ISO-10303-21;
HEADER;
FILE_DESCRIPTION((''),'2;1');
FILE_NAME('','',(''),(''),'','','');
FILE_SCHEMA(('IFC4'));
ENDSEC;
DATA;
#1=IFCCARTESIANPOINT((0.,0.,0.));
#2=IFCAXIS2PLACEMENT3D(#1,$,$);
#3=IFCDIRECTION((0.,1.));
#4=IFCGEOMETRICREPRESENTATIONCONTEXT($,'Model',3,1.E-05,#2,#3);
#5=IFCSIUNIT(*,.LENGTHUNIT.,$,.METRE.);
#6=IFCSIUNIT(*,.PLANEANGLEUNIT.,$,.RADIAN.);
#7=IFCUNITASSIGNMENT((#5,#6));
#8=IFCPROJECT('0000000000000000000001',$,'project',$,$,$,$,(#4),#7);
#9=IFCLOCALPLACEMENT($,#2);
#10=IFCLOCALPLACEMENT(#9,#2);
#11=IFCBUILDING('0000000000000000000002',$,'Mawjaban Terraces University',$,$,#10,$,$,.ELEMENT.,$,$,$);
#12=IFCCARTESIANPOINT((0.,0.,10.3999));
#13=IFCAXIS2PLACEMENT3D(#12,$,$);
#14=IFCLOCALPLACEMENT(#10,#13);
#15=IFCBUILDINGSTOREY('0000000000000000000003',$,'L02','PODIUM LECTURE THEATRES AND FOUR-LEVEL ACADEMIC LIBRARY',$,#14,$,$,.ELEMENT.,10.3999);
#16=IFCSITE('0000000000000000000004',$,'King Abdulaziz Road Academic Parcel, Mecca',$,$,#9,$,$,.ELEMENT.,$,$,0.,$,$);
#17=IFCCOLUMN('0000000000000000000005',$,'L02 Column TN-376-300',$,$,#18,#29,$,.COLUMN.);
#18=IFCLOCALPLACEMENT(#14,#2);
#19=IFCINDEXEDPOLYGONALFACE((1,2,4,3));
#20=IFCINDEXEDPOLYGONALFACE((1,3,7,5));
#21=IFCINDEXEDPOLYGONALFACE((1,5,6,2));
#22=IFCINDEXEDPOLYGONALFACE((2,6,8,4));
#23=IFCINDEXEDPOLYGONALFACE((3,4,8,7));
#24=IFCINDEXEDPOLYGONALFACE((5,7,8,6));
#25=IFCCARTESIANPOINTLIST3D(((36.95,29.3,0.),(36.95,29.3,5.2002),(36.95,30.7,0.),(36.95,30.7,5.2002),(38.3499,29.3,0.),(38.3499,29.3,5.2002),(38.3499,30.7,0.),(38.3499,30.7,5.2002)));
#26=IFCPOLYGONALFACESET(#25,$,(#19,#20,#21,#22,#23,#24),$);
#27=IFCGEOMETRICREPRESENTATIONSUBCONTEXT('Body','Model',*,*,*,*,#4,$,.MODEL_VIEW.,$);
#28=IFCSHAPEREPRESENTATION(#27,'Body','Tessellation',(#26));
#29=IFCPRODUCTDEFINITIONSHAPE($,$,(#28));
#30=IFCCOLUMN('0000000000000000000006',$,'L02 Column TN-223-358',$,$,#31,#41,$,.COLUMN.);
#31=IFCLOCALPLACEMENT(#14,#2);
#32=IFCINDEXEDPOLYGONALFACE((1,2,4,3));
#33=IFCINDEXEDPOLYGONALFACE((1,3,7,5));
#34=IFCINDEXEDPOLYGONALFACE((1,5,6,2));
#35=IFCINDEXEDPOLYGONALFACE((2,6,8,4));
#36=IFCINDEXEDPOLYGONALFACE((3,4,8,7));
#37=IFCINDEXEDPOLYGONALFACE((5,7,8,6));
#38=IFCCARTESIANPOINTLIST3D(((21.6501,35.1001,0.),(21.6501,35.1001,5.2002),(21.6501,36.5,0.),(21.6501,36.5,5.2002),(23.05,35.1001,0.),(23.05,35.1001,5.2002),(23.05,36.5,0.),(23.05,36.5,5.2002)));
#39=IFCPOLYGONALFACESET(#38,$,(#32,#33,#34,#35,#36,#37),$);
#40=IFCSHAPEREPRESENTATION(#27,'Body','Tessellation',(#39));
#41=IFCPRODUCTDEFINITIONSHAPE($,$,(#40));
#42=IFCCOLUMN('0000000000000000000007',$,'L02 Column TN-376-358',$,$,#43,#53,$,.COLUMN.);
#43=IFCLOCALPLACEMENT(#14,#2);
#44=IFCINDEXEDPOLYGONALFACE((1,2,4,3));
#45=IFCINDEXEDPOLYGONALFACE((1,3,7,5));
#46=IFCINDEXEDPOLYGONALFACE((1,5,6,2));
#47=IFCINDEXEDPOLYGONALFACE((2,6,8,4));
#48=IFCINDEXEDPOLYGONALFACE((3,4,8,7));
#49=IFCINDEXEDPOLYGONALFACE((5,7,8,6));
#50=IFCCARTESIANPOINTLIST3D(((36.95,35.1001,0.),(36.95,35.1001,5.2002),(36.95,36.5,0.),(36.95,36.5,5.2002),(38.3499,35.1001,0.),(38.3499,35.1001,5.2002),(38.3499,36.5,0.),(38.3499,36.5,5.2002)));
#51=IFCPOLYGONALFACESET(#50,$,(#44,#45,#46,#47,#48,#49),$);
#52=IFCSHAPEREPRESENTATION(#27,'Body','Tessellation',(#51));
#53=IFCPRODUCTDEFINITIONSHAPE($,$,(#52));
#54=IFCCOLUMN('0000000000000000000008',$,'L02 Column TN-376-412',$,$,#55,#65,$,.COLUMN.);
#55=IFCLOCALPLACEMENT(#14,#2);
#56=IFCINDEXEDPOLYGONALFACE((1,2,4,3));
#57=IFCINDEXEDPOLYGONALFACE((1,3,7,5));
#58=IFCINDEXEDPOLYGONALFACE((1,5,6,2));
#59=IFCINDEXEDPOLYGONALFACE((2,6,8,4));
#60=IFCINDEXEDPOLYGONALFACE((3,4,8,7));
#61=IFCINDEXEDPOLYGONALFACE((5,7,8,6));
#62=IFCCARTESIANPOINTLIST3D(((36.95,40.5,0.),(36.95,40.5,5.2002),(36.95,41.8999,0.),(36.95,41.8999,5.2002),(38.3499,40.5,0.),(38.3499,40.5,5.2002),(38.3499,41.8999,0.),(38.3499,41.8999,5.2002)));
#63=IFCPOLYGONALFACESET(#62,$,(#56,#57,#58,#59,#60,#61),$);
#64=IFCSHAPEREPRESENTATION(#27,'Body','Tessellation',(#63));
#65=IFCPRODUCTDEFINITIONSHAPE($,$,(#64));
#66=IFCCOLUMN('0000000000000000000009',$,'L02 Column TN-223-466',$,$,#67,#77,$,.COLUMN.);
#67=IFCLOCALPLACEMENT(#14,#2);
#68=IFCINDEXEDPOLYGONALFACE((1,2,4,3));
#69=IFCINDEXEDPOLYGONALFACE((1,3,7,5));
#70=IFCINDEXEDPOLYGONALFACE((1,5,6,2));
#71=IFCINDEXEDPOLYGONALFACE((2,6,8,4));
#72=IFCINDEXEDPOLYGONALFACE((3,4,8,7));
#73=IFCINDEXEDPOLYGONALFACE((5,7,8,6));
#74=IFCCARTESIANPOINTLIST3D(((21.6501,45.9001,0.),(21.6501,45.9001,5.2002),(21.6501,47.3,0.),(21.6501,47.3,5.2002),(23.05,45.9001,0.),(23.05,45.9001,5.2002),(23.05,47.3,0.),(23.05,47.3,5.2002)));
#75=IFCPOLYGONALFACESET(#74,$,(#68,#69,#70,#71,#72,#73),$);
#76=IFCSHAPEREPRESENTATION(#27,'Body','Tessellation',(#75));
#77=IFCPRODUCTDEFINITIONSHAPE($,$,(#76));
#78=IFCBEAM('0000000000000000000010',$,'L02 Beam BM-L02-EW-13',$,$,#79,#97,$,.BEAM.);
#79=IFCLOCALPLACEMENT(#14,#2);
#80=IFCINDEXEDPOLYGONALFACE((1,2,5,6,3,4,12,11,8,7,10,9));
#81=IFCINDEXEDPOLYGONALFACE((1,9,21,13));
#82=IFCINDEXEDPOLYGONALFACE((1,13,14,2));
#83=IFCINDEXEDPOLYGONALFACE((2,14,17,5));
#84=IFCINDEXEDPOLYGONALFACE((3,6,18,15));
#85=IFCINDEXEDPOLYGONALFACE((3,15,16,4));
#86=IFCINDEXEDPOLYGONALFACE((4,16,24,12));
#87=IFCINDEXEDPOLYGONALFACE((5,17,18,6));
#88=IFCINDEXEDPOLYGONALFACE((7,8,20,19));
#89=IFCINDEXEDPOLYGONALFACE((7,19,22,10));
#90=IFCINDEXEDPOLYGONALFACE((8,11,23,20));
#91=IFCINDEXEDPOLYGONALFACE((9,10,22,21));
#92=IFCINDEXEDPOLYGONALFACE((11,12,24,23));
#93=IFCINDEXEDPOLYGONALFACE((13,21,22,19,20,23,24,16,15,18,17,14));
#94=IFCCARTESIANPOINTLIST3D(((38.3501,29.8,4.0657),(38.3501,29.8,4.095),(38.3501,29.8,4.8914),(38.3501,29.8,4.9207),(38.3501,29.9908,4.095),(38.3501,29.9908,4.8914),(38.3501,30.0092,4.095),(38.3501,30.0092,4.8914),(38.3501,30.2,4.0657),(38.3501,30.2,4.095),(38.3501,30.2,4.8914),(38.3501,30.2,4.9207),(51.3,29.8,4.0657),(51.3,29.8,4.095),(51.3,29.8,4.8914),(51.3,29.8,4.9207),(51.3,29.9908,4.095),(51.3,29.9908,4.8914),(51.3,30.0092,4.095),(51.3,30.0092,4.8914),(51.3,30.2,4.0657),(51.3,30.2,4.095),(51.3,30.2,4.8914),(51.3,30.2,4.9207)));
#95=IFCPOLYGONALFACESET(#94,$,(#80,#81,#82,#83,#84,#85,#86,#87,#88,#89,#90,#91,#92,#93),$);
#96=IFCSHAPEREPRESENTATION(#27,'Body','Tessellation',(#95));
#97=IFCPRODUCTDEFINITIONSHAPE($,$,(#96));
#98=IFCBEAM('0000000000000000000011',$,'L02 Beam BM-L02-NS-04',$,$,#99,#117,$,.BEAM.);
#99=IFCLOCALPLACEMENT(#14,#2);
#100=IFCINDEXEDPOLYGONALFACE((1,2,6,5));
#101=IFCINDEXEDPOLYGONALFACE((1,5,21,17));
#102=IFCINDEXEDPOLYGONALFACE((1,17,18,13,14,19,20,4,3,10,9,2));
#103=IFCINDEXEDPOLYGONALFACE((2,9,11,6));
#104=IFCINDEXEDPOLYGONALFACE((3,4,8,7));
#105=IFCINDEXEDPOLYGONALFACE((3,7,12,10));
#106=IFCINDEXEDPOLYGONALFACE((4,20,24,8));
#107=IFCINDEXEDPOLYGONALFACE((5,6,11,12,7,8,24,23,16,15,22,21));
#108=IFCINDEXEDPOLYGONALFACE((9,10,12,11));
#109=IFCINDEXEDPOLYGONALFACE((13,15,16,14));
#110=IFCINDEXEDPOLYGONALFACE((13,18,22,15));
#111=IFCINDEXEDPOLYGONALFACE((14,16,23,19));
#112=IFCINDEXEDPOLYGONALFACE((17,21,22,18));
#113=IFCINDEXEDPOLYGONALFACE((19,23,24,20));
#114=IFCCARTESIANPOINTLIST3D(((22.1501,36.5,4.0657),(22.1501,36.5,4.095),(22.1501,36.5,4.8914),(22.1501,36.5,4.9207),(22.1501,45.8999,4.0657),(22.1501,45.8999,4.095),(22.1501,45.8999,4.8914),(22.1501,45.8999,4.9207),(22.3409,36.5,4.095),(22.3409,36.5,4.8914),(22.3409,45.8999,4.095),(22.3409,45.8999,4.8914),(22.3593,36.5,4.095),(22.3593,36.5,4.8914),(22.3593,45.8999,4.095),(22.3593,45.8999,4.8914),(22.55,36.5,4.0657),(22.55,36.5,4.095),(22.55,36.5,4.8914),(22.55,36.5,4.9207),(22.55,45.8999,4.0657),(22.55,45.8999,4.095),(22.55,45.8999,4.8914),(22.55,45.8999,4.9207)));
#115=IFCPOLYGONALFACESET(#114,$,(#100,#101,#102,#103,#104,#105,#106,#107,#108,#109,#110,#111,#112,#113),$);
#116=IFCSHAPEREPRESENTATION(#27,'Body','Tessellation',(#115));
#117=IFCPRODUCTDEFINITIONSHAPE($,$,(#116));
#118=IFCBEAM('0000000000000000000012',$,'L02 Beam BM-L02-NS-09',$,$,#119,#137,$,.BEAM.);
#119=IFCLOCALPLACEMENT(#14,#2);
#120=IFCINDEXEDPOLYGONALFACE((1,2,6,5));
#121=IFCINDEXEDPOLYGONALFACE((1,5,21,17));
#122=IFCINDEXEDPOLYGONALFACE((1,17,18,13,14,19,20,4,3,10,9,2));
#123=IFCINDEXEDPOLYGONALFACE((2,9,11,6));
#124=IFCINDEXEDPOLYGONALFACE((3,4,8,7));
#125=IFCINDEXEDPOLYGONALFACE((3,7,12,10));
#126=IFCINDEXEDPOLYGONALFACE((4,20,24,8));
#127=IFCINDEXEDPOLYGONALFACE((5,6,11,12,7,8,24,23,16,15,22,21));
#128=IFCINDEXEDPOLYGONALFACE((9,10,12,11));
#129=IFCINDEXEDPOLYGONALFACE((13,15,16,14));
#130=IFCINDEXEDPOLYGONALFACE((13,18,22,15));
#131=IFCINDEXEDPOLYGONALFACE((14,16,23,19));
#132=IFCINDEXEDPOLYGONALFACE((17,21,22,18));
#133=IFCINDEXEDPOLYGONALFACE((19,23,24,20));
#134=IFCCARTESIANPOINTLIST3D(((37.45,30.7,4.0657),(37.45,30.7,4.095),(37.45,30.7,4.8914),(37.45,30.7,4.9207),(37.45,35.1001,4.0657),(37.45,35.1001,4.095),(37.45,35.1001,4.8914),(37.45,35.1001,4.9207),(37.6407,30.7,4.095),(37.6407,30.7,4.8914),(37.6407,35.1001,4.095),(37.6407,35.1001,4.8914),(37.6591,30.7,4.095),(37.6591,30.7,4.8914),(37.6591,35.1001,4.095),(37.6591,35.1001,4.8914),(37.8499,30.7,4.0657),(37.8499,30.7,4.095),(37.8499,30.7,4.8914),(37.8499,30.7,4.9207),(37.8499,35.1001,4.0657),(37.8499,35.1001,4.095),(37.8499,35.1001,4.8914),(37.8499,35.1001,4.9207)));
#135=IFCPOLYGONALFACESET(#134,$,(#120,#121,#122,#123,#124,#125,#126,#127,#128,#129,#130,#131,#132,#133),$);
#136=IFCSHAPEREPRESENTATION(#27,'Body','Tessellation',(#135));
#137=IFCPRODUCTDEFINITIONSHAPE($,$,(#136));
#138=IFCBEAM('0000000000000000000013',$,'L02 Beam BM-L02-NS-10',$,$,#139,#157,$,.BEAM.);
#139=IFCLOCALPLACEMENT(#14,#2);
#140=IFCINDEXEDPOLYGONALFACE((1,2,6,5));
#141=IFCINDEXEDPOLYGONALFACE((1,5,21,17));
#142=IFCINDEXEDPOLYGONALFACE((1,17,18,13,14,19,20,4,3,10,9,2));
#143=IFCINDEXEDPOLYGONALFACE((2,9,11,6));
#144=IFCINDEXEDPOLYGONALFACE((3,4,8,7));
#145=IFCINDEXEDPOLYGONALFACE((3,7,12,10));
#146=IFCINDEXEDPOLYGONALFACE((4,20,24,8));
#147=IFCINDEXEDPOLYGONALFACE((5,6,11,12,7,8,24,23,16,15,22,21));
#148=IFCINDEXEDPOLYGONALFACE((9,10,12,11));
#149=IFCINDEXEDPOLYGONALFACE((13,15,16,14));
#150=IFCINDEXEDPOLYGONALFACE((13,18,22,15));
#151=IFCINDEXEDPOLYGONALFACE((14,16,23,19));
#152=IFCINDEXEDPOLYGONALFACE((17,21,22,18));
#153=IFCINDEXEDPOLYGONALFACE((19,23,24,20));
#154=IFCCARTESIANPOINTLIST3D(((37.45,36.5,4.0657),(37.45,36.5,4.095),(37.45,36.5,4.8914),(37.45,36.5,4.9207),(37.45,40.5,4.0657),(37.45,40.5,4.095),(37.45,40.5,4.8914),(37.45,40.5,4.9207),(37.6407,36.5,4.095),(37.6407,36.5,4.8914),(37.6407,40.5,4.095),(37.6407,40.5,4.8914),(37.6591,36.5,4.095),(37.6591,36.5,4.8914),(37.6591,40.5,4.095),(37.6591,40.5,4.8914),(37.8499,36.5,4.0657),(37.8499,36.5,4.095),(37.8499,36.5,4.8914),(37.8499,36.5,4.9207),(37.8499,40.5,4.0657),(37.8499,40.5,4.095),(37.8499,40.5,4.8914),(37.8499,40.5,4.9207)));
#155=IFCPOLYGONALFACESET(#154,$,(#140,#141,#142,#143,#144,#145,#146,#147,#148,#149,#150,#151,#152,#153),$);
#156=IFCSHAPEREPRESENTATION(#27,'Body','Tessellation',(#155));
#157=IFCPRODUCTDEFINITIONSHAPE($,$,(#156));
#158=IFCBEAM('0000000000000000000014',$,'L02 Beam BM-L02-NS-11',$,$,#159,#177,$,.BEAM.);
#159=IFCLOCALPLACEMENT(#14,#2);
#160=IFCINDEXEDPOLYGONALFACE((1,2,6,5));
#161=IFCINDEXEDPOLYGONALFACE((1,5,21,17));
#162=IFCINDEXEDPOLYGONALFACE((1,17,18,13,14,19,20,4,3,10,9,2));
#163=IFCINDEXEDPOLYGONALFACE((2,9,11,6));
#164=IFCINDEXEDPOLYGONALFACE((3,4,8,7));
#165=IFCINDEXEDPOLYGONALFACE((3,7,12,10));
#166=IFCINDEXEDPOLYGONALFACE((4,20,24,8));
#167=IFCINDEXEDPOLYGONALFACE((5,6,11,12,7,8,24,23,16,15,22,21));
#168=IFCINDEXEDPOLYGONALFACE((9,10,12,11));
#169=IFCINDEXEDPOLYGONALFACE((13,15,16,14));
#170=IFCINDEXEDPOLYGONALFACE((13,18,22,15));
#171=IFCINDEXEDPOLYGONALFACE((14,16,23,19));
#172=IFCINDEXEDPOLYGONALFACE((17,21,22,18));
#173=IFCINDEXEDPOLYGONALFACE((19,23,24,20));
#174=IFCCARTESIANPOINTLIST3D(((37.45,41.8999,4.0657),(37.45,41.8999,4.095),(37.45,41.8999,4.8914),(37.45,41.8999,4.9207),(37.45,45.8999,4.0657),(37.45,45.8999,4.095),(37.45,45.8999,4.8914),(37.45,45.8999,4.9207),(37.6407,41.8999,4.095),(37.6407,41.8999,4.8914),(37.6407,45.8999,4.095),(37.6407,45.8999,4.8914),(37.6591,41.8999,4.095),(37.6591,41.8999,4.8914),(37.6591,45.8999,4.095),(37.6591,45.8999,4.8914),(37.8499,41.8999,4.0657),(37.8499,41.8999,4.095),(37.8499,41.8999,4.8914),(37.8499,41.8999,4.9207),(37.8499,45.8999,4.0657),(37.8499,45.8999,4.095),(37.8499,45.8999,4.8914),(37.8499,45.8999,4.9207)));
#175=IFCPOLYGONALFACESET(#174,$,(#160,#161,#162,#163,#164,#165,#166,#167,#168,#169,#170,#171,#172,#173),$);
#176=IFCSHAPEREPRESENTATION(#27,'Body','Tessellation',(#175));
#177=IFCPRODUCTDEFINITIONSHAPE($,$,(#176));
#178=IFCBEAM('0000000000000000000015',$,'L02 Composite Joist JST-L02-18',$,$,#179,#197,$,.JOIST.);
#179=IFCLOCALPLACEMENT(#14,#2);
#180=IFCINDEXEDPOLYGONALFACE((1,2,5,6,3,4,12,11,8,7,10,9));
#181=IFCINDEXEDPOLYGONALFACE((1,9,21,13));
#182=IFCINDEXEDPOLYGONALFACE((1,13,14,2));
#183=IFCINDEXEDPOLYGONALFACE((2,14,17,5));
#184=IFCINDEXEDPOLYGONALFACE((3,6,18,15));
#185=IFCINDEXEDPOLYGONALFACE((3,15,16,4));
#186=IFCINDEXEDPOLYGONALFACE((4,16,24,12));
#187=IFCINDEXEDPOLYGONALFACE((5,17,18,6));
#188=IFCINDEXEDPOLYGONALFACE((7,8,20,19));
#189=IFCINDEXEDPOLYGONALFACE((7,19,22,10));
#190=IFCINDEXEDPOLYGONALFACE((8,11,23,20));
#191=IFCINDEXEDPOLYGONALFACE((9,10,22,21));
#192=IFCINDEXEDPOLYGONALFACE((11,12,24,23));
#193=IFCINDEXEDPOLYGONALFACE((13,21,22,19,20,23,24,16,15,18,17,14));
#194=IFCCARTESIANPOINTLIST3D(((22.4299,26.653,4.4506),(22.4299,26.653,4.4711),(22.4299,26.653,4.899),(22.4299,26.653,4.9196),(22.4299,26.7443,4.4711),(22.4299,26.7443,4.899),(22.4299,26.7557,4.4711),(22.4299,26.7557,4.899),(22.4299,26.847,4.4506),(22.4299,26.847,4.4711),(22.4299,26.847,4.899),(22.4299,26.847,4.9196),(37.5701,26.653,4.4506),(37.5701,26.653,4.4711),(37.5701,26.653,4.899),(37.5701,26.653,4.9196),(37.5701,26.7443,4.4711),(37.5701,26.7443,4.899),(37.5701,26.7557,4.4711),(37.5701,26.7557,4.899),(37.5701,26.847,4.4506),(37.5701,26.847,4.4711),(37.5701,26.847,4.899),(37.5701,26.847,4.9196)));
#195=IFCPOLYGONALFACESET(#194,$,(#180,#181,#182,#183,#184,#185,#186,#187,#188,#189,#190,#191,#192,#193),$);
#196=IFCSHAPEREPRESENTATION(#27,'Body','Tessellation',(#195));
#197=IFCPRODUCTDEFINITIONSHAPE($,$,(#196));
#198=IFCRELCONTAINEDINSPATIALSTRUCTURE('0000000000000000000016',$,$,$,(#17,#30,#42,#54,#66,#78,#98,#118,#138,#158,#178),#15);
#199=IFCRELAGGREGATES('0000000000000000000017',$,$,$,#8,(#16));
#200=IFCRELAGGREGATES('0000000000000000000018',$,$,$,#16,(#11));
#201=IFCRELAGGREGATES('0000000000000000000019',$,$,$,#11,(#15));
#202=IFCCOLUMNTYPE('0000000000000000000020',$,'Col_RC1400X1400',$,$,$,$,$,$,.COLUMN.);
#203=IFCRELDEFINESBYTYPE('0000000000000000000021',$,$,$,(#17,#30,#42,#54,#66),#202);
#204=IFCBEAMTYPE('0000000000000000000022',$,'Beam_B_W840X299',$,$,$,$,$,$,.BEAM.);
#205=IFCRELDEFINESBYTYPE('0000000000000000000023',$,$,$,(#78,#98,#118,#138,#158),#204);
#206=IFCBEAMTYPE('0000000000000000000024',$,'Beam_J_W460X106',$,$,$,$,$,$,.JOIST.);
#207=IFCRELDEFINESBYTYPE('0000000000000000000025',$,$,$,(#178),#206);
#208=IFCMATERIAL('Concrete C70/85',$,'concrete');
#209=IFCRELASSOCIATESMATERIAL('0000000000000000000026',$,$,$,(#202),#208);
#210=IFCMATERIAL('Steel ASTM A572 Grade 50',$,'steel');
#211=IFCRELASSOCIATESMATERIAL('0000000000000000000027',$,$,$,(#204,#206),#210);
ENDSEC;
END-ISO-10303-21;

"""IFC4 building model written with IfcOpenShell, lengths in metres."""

from ifc_helpers import new_model, si_unit, direction, frame, origin, origin_2d, place, context, subcontext, project, spatial, rectangle, i_section, extrude, material, material_profile, profile_set, type_object, element, save


model = new_model("IFC4")

# Units and contexts
model_context = context("Model", 3, precision=1e-05, world=origin(), true_north=direction((0.0, 1.0)))
body_context = subcontext(model_context, "Body", "Model", "MODEL_VIEW")
ifc_project = project(units=[si_unit("LENGTHUNIT", "METRE"), si_unit("PLANEANGLEUNIT", "RADIAN")], contexts=[model_context])

# Site, building, storey
site_placement = place(None, origin())
site = spatial("IfcSite", under=ifc_project, at=site_placement, Name="King Abdulaziz Road Academic Parcel, Mecca", CompositionType="ELEMENT", RefElevation=0.0)
building_placement = place(site_placement, origin())
building = spatial("IfcBuilding", under=site, at=building_placement, Name="Mawjaban Terraces University", CompositionType="ELEMENT")
storey_placement = place(building_placement, frame((0.0, 0.0, 10.3999)))
storey = spatial("IfcBuildingStorey", under=building, at=storey_placement, Name="L02", Description="PODIUM LECTURE THEATRES AND FOUR-LEVEL ACADEMIC LIBRARY", CompositionType="ELEMENT", Elevation=10.3999)

# Columns
ifc_material_1 = material(Name="Concrete C70/85", Category="concrete")
ifc_material_profile_1 = material_profile(ifc_material_1, rectangle(XDim=1.3999, YDim=1.3999, at=origin_2d()), Name="RC1400X1400")
ifc_profile_set_1 = profile_set([ifc_material_profile_1], Name="Concrete C70/85")
column_type = type_object("IfcColumnType", Name="Col_RC1400X1400", PredefinedType="COLUMN", material=ifc_profile_set_1)
for number, where, z_axis, x_axis, name in (
    (1, (37.6499, 30.0, 0.0), (0.0, 0.0, 1.0), (1.0, 0.0, 0.0), "L02 Column TN-376-300"),
    (2, (22.3501, 35.8, 0.0), (0.0, 0.0, 1.0), (1.0, 0.0, 0.0), "L02 Column TN-223-358"),
    (3, (37.6499, 35.8, 0.0), (0.0, 0.0, 1.0), (1.0, 0.0, 0.0), "L02 Column TN-376-358"),
    (4, (37.6499, 41.2, 0.0), (0.0, 0.0, 1.0), (1.0, 0.0, 0.0), "L02 Column TN-376-412"),
    (5, (22.3501, 46.6001, 0.0), (0.0, 0.0, 1.0), (1.0, 0.0, 0.0), "L02 Column TN-223-466"),
):
    element("IfcColumn", number, at=place(storey_placement, frame(where, z_axis=z_axis, x_axis=x_axis)), inside=storey, type_object=column_type, Name=name, PredefinedType="COLUMN", context=body_context, shape_type="SweptSolid", body=[
        extrude(rectangle(XDim=1.3999, YDim=1.3999, at=origin_2d()), origin(), (0.0, 0.0, 1.0), 5.2002),
    ])

# Beams
ifc_material_2 = material(Name="Steel ASTM A572 Grade 50", Category="steel")
ifc_material_profile_2 = material_profile(ifc_material_2, i_section(OverallWidth=0.3999, OverallDepth=0.855, WebThickness=0.0183, FlangeThickness=0.0293, at=origin_2d()), Name="W840X299")
ifc_profile_set_2 = profile_set([ifc_material_profile_2], Name="Steel ASTM A572 Grade 50")
beam_type_1 = type_object("IfcBeamType", Name="Beam_B_W840X299", PredefinedType="BEAM", material=ifc_profile_set_2)
beam_1_placement = place(storey_placement, frame((38.3501, 30.0, 4.4932), z_axis=(1.0, 0.0, 0.0), x_axis=(0.0, 1.0, 0.0)))
element("IfcBeam", 6, at=beam_1_placement, inside=storey, type_object=beam_type_1, Name="L02 Beam BM-L02-EW-13", PredefinedType="BEAM", context=body_context, shape_type="SweptSolid", body=[
    extrude(i_section(OverallWidth=0.3999, OverallDepth=0.855, WebThickness=0.0183, FlangeThickness=0.0293, at=origin_2d()), origin(), (0.0, 0.0, 1.0), 12.95),
])
beam_2_placement = place(storey_placement, frame((22.3501, 36.5, 4.4932), z_axis=(0.0, 1.0, 0.0), x_axis=(-1.0, 0.0, 0.0)))
element("IfcBeam", 7, at=beam_2_placement, inside=storey, type_object=beam_type_1, Name="L02 Beam BM-L02-NS-04", PredefinedType="BEAM", context=body_context, shape_type="SweptSolid", body=[
    extrude(i_section(OverallWidth=0.3999, OverallDepth=0.855, WebThickness=0.0183, FlangeThickness=0.0293, at=origin_2d()), origin(), (0.0, 0.0, 1.0), 9.3999),
])
beam_3_placement = place(storey_placement, frame((37.6499, 30.7, 4.4932), z_axis=(0.0, 1.0, 0.0), x_axis=(-1.0, 0.0, 0.0)))
element("IfcBeam", 8, at=beam_3_placement, inside=storey, type_object=beam_type_1, Name="L02 Beam BM-L02-NS-09", PredefinedType="BEAM", context=body_context, shape_type="SweptSolid", body=[
    extrude(i_section(OverallWidth=0.3999, OverallDepth=0.855, WebThickness=0.0183, FlangeThickness=0.0293, at=origin_2d()), origin(), (0.0, 0.0, 1.0), 4.4001),
])
for number, where, z_axis, x_axis, name in (
    (9, (37.6499, 36.5, 4.4932), (0.0, 1.0, 0.0), (-1.0, 0.0, 0.0), "L02 Beam BM-L02-NS-10"),
    (10, (37.6499, 41.8999, 4.4932), (0.0, 1.0, 0.0), (-1.0, 0.0, 0.0), "L02 Beam BM-L02-NS-11"),
):
    element("IfcBeam", number, at=place(storey_placement, frame(where, z_axis=z_axis, x_axis=x_axis)), inside=storey, type_object=beam_type_1, Name=name, PredefinedType="BEAM", context=body_context, shape_type="SweptSolid", body=[
        extrude(i_section(OverallWidth=0.3999, OverallDepth=0.855, WebThickness=0.0183, FlangeThickness=0.0293, at=origin_2d()), origin(), (0.0, 0.0, 1.0), 4.0),
    ])
ifc_material_profile_3 = material_profile(ifc_material_2, i_section(OverallWidth=0.1941, OverallDepth=0.469, WebThickness=0.0115, FlangeThickness=0.0205, at=origin_2d()), Name="W460X106")
ifc_profile_set_3 = profile_set([ifc_material_profile_3], Name="Steel ASTM A572 Grade 50")
beam_type_2 = type_object("IfcBeamType", Name="Beam_J_W460X106", PredefinedType="JOIST", material=ifc_profile_set_3)
beam_4_placement = place(storey_placement, frame((22.4299, 26.75, 4.6851), z_axis=(1.0, 0.0, 0.0), x_axis=(0.0, 1.0, 0.0)))
element("IfcBeam", 11, at=beam_4_placement, inside=storey, type_object=beam_type_2, Name="L02 Composite Joist JST-L02-18", PredefinedType="JOIST", context=body_context, shape_type="SweptSolid", body=[
    extrude(i_section(OverallWidth=0.1941, OverallDepth=0.469, WebThickness=0.0115, FlangeThickness=0.0205, at=origin_2d()), origin(), (0.0, 0.0, 1.0), 15.1401),
])

save(model, "model.ifc")
